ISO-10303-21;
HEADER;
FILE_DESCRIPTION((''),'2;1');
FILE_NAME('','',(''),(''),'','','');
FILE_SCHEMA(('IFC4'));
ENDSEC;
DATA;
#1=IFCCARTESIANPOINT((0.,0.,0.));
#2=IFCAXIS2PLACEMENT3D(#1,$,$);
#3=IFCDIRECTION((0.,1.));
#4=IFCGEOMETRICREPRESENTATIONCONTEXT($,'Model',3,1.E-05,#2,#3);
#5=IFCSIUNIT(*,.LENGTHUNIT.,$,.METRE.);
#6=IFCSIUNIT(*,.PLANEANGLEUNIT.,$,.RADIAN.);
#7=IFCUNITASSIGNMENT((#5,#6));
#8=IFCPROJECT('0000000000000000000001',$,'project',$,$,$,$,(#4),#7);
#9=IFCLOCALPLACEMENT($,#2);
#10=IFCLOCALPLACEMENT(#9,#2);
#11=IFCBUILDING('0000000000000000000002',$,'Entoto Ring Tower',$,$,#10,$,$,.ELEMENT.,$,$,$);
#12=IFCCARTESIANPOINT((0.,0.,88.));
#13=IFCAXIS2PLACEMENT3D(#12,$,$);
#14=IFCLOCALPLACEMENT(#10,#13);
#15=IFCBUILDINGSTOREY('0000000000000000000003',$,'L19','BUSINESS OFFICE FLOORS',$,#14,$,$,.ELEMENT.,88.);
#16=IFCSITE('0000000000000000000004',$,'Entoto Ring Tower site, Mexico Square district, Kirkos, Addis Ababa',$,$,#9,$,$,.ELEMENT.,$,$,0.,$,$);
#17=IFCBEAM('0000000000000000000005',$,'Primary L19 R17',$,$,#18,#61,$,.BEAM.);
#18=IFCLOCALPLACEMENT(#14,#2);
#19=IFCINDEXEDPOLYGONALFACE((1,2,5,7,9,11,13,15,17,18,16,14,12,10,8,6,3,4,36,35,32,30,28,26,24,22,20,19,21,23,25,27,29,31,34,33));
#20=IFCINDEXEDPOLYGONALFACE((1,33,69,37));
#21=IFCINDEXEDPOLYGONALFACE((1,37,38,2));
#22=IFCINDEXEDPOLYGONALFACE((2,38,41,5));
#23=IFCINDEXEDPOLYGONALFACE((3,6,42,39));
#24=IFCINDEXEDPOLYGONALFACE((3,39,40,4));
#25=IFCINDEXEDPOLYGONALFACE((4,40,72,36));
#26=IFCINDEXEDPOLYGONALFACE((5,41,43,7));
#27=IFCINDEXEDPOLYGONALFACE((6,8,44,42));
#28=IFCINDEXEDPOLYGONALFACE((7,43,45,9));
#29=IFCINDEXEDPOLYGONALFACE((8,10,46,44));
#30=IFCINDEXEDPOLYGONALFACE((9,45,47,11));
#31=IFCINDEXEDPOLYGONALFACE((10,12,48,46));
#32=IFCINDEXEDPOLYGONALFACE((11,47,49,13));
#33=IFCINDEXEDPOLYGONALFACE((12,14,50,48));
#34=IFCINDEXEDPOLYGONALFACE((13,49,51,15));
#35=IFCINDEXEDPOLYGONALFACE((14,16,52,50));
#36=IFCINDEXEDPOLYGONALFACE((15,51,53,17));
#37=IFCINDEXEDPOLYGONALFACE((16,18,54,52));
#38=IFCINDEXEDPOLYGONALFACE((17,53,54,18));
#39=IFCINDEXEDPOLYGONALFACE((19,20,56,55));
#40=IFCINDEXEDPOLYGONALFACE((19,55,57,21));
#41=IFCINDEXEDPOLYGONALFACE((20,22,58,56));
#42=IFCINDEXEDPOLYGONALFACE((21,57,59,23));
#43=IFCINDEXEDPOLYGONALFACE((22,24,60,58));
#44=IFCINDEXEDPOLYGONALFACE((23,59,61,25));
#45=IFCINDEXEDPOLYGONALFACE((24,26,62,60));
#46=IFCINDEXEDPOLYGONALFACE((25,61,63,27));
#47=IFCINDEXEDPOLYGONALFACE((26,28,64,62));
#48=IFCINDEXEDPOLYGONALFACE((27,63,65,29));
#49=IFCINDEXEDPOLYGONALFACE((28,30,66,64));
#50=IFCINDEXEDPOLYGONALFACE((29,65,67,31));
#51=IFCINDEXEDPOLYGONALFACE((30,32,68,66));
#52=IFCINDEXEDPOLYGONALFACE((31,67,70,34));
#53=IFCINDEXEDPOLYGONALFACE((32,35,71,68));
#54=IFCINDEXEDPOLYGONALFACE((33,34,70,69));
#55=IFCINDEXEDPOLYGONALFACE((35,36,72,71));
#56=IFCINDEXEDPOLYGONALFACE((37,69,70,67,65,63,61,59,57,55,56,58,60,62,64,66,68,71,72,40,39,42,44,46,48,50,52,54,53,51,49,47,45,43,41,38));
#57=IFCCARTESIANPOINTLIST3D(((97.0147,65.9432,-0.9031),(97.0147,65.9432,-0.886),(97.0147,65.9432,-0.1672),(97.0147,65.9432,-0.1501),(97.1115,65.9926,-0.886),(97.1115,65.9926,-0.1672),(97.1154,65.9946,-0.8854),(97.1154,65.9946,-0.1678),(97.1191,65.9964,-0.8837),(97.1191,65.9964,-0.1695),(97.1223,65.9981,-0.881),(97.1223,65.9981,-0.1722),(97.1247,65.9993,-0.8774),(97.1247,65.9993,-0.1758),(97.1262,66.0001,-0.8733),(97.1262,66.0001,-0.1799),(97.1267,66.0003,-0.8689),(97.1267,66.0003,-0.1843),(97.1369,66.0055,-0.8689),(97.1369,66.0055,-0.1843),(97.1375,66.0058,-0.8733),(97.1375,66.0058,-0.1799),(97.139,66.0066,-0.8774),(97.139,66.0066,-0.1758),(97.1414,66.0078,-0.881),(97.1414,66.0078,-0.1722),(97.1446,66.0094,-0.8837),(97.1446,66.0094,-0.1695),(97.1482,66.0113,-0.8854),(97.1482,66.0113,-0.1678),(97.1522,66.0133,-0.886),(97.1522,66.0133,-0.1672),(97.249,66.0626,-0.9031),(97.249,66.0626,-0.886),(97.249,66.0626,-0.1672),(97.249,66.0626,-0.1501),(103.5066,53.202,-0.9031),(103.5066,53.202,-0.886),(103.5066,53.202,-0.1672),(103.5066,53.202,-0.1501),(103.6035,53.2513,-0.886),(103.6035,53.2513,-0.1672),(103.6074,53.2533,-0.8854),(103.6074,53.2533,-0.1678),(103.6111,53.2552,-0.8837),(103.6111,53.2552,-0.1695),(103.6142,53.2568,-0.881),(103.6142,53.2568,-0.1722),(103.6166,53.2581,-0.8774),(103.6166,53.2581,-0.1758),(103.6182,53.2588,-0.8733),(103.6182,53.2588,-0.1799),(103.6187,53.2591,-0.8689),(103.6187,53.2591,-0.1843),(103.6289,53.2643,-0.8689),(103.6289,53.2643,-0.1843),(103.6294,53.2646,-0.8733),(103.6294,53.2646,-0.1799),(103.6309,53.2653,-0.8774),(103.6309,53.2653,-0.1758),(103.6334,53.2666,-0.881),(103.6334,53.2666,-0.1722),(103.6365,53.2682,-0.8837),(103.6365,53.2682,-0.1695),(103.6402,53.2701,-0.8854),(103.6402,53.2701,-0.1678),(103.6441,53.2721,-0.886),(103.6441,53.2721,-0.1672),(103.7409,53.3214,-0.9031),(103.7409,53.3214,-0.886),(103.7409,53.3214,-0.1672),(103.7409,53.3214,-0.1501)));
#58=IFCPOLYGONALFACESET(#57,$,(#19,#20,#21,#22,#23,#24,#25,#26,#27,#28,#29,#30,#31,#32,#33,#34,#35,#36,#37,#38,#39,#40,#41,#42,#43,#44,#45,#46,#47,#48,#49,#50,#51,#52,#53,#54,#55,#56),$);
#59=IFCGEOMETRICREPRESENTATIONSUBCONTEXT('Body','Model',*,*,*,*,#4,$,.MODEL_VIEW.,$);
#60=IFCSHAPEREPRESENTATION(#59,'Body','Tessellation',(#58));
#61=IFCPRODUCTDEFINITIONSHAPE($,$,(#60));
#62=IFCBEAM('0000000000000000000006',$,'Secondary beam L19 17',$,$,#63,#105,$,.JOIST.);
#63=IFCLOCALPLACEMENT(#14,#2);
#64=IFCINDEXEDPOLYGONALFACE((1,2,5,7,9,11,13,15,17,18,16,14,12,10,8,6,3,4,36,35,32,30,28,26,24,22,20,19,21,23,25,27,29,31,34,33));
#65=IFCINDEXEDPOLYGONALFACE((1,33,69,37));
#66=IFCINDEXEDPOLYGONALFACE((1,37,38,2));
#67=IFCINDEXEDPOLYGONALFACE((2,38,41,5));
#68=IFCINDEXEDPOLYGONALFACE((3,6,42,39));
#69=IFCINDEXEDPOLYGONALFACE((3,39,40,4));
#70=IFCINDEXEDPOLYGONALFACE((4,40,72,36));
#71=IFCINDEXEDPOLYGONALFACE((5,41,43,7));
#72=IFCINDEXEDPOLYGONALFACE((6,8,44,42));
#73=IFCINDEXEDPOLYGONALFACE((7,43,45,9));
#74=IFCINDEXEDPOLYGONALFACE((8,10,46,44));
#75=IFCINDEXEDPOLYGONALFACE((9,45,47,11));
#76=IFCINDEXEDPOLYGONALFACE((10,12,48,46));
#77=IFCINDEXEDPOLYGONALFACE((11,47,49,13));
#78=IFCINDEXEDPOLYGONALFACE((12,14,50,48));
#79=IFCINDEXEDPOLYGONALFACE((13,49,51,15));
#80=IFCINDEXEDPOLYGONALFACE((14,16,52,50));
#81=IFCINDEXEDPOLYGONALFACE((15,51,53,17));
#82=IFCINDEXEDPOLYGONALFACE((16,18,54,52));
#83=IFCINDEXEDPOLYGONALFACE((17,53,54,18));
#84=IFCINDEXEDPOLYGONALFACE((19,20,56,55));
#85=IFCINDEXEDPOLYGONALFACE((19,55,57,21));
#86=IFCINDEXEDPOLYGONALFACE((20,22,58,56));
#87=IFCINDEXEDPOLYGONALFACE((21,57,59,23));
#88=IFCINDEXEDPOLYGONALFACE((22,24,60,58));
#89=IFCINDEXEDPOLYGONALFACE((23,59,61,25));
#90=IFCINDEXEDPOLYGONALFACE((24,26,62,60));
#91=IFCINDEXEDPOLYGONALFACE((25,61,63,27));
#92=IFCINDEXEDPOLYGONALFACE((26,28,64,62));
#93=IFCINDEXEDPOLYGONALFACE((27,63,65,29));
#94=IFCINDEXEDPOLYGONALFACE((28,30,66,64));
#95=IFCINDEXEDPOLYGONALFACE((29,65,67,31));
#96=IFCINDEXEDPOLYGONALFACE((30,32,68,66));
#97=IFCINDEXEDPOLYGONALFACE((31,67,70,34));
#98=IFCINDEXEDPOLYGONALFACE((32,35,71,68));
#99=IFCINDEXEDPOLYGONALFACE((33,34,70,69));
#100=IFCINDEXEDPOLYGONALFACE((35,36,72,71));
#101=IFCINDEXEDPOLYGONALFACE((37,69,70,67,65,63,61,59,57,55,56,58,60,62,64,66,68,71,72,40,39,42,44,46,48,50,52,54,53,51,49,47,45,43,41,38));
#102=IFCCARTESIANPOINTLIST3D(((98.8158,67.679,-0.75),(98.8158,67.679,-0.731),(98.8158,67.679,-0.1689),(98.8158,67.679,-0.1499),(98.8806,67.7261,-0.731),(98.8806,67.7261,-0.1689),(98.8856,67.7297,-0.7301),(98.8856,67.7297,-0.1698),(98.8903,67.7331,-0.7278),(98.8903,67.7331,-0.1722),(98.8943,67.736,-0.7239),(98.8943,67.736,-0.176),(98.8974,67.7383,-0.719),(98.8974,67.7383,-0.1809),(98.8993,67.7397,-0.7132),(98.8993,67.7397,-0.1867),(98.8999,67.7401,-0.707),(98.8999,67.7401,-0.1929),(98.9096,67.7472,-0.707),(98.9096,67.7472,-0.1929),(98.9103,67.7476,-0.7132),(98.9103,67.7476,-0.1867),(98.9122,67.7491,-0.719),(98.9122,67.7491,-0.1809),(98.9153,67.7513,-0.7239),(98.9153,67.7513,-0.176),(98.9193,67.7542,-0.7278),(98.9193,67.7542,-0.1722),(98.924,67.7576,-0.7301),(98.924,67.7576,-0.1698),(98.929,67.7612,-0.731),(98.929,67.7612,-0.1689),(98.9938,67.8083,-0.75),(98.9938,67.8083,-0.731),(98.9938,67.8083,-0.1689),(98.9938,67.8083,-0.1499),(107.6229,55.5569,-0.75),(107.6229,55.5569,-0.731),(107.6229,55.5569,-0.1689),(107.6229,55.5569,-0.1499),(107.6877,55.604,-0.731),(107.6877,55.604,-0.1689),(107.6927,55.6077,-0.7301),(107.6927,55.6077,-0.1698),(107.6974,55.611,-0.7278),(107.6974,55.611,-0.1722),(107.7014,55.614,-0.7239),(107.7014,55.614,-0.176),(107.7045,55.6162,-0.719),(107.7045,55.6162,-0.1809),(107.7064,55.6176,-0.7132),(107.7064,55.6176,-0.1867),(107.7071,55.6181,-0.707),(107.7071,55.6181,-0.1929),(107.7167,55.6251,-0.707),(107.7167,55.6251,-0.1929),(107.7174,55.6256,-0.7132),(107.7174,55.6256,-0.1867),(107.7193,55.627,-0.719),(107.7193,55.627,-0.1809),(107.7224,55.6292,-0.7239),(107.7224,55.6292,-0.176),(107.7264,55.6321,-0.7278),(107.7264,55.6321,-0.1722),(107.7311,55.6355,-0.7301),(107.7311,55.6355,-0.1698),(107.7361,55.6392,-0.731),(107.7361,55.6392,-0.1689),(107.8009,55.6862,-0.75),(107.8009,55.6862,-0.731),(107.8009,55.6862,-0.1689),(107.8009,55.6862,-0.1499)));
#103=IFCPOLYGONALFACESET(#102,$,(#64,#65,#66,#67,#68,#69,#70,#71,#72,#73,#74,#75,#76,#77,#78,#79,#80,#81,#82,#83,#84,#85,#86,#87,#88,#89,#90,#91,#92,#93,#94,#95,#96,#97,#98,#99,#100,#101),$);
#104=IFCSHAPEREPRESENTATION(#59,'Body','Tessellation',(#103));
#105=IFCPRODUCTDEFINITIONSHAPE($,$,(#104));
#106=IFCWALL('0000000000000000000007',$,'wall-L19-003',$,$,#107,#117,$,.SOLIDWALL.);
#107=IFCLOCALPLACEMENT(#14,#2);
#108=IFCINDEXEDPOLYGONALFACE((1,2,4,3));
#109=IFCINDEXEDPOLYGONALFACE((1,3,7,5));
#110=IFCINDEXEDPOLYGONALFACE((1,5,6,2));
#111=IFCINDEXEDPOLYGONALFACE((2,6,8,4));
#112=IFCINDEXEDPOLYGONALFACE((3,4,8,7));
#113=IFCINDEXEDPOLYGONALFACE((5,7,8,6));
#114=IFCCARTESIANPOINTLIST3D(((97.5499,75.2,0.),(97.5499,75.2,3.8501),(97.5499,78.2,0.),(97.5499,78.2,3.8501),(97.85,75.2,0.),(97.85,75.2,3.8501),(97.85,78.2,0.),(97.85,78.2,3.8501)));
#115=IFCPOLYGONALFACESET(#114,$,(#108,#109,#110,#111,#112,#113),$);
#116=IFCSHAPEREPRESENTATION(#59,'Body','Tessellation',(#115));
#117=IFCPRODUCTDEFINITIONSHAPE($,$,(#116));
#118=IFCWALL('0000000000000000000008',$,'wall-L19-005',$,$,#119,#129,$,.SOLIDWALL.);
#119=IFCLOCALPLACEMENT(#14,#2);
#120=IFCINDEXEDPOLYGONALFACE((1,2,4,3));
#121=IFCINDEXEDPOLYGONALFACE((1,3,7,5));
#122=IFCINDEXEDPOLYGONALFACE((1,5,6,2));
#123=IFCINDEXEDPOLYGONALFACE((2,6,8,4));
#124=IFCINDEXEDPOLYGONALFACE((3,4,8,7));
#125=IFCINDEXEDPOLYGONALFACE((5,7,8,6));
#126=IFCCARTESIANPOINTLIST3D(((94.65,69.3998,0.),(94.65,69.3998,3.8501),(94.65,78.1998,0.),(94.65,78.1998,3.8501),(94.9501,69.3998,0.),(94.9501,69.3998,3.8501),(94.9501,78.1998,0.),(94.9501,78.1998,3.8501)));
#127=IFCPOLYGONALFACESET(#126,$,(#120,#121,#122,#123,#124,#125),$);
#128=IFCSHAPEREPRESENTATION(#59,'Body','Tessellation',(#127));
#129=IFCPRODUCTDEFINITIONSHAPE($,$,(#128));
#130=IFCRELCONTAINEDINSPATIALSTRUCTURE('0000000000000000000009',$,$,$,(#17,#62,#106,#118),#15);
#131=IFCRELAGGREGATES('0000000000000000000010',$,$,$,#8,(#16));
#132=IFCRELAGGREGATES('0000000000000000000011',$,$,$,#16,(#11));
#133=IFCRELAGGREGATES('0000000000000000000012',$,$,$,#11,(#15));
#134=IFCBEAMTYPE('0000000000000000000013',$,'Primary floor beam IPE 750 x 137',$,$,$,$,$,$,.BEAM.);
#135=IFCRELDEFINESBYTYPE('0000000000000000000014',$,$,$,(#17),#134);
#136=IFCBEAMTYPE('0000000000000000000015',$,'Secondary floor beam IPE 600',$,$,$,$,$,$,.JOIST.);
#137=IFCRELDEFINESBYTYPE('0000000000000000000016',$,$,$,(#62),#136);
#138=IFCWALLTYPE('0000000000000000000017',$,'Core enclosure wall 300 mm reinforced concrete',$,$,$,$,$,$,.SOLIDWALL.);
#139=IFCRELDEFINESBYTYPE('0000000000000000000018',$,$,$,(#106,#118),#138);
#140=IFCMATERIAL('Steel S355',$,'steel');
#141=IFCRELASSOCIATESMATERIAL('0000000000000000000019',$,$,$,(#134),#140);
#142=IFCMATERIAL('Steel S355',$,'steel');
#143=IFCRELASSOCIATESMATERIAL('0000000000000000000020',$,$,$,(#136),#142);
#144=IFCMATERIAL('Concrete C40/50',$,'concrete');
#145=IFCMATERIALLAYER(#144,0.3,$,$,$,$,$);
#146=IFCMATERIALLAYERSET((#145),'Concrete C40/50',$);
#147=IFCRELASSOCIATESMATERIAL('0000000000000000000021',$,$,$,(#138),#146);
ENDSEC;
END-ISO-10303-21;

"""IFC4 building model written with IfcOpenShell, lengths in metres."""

from ifc_helpers import new_model, si_unit, direction, frame, frame_2d, origin, origin_2d, place, context, subcontext, project, spatial, rectangle, i_section, extrude, material, layer, layer_set, material_profile, profile_set, type_object, element, save


model = new_model("IFC4")

# Units and contexts
model_context = context("Model", 3, precision=1e-05, world=origin(), true_north=direction((0.0, 1.0)))
body_context = subcontext(model_context, "Body", "Model", "MODEL_VIEW")
ifc_project = project(units=[si_unit("LENGTHUNIT", "METRE"), si_unit("PLANEANGLEUNIT", "RADIAN")], contexts=[model_context])

# Site, building, storey
site_placement = place(None, origin())
site = spatial("IfcSite", under=ifc_project, at=site_placement, Name="Entoto Ring Tower site, Mexico Square district, Kirkos, Addis Ababa", CompositionType="ELEMENT", RefElevation=0.0)
building_placement = place(site_placement, origin())
building = spatial("IfcBuilding", under=site, at=building_placement, Name="Entoto Ring Tower", CompositionType="ELEMENT")
storey_placement = place(building_placement, frame((0.0, 0.0, 88.0)))
storey = spatial("IfcBuildingStorey", under=building, at=storey_placement, Name="L19", Description="BUSINESS OFFICE FLOORS", CompositionType="ELEMENT", Elevation=88.0)

# Beams
ifc_material_1 = material(Name="Steel S355", Category="steel")
ifc_material_profile_1 = material_profile(ifc_material_1, i_section(OverallWidth=0.2629, OverallDepth=0.7529, WebThickness=0.0115, FlangeThickness=0.0171, FilletRadius=0.0171, at=origin_2d()), Name="IPE 750 x 137")
ifc_profile_set_1 = profile_set([ifc_material_profile_1], Name="Steel S355")
beam_type_1 = type_object("IfcBeamType", Name="Primary floor beam IPE 750 x 137", PredefinedType="BEAM", material=ifc_profile_set_1)
beam_1_placement = place(storey_placement, frame((97.1318, 66.0029, -0.5266), z_axis=(0.453989, -0.891007, 0.0), x_axis=(0.891007, 0.453989, 0.0)))
element("IfcBeam", 1, at=beam_1_placement, inside=storey, type_object=beam_type_1, Name="Primary L19 R17", PredefinedType="BEAM", context=body_context, shape_type="SweptSolid", body=[
    extrude(i_section(OverallWidth=0.2629, OverallDepth=0.7529, WebThickness=0.0115, FlangeThickness=0.0171, FilletRadius=0.0171, at=origin_2d()), origin(), (0.0, 0.0, 1.0), 14.2998),
])
ifc_material_2 = material(Name="Steel S355", Category="steel")
ifc_material_profile_2 = material_profile(ifc_material_2, i_section(OverallWidth=0.22, OverallDepth=0.6001, WebThickness=0.012, FlangeThickness=0.019, FilletRadius=0.0239, at=origin_2d()), Name="IPE 600")
ifc_profile_set_2 = profile_set([ifc_material_profile_2], Name="Steel S355")
beam_type_2 = type_object("IfcBeamType", Name="Secondary floor beam IPE 600", PredefinedType="JOIST", material=ifc_profile_set_2)
beam_2_placement = place(storey_placement, frame((98.9048, 67.7437, -0.45), z_axis=(0.587782, -0.809019, 0.0), x_axis=(0.809019, 0.587782, 0.0)))
element("IfcBeam", 2, at=beam_2_placement, inside=storey, type_object=beam_type_2, Name="Secondary beam L19 17", PredefinedType="JOIST", context=body_context, shape_type="SweptSolid", body=[
    extrude(i_section(OverallWidth=0.22, OverallDepth=0.6001, WebThickness=0.012, FlangeThickness=0.019, FilletRadius=0.0239, at=origin_2d()), origin(), (0.0, 0.0, 1.0), 14.9836),
])

# Walls
ifc_material_3 = material(Name="Concrete C40/50", Category="concrete")
ifc_layer_1 = layer(ifc_material_3, 0.3)
ifc_layer_set_1 = layer_set([ifc_layer_1], Name="Concrete C40/50")
wall_type_1 = type_object("IfcWallType", Name="Core enclosure wall 300 mm reinforced concrete", PredefinedType="SOLIDWALL", material=ifc_layer_set_1)
wall_1_placement = place(storey_placement, frame((97.7, 75.2, 0.0), z_axis=(0.0, 0.0, 1.0), x_axis=(0.0, 1.0, 0.0)))
element("IfcWall", 3, at=wall_1_placement, inside=storey, type_object=wall_type_1, Name="wall-L19-003", PredefinedType="SOLIDWALL", context=body_context, shape_type="SweptSolid", body=[
    extrude(rectangle(XDim=3.0, YDim=0.3, at=frame_2d((1.5, 0.0))), origin(), (0.0, 0.0, 1.0), 3.8501),
])
wall_2_placement = place(storey_placement, frame((94.8, 69.3999, 0.0), z_axis=(0.0, 0.0, 1.0), x_axis=(0.0, 1.0, 0.0)))
element("IfcWall", 4, at=wall_2_placement, inside=storey, type_object=wall_type_1, Name="wall-L19-005", PredefinedType="SOLIDWALL", context=body_context, shape_type="SweptSolid", body=[
    extrude(rectangle(XDim=8.8, YDim=0.3, at=frame_2d((4.3999, 0.0))), origin(), (0.0, 0.0, 1.0), 3.8501),
])

save(model, "model.ifc")
